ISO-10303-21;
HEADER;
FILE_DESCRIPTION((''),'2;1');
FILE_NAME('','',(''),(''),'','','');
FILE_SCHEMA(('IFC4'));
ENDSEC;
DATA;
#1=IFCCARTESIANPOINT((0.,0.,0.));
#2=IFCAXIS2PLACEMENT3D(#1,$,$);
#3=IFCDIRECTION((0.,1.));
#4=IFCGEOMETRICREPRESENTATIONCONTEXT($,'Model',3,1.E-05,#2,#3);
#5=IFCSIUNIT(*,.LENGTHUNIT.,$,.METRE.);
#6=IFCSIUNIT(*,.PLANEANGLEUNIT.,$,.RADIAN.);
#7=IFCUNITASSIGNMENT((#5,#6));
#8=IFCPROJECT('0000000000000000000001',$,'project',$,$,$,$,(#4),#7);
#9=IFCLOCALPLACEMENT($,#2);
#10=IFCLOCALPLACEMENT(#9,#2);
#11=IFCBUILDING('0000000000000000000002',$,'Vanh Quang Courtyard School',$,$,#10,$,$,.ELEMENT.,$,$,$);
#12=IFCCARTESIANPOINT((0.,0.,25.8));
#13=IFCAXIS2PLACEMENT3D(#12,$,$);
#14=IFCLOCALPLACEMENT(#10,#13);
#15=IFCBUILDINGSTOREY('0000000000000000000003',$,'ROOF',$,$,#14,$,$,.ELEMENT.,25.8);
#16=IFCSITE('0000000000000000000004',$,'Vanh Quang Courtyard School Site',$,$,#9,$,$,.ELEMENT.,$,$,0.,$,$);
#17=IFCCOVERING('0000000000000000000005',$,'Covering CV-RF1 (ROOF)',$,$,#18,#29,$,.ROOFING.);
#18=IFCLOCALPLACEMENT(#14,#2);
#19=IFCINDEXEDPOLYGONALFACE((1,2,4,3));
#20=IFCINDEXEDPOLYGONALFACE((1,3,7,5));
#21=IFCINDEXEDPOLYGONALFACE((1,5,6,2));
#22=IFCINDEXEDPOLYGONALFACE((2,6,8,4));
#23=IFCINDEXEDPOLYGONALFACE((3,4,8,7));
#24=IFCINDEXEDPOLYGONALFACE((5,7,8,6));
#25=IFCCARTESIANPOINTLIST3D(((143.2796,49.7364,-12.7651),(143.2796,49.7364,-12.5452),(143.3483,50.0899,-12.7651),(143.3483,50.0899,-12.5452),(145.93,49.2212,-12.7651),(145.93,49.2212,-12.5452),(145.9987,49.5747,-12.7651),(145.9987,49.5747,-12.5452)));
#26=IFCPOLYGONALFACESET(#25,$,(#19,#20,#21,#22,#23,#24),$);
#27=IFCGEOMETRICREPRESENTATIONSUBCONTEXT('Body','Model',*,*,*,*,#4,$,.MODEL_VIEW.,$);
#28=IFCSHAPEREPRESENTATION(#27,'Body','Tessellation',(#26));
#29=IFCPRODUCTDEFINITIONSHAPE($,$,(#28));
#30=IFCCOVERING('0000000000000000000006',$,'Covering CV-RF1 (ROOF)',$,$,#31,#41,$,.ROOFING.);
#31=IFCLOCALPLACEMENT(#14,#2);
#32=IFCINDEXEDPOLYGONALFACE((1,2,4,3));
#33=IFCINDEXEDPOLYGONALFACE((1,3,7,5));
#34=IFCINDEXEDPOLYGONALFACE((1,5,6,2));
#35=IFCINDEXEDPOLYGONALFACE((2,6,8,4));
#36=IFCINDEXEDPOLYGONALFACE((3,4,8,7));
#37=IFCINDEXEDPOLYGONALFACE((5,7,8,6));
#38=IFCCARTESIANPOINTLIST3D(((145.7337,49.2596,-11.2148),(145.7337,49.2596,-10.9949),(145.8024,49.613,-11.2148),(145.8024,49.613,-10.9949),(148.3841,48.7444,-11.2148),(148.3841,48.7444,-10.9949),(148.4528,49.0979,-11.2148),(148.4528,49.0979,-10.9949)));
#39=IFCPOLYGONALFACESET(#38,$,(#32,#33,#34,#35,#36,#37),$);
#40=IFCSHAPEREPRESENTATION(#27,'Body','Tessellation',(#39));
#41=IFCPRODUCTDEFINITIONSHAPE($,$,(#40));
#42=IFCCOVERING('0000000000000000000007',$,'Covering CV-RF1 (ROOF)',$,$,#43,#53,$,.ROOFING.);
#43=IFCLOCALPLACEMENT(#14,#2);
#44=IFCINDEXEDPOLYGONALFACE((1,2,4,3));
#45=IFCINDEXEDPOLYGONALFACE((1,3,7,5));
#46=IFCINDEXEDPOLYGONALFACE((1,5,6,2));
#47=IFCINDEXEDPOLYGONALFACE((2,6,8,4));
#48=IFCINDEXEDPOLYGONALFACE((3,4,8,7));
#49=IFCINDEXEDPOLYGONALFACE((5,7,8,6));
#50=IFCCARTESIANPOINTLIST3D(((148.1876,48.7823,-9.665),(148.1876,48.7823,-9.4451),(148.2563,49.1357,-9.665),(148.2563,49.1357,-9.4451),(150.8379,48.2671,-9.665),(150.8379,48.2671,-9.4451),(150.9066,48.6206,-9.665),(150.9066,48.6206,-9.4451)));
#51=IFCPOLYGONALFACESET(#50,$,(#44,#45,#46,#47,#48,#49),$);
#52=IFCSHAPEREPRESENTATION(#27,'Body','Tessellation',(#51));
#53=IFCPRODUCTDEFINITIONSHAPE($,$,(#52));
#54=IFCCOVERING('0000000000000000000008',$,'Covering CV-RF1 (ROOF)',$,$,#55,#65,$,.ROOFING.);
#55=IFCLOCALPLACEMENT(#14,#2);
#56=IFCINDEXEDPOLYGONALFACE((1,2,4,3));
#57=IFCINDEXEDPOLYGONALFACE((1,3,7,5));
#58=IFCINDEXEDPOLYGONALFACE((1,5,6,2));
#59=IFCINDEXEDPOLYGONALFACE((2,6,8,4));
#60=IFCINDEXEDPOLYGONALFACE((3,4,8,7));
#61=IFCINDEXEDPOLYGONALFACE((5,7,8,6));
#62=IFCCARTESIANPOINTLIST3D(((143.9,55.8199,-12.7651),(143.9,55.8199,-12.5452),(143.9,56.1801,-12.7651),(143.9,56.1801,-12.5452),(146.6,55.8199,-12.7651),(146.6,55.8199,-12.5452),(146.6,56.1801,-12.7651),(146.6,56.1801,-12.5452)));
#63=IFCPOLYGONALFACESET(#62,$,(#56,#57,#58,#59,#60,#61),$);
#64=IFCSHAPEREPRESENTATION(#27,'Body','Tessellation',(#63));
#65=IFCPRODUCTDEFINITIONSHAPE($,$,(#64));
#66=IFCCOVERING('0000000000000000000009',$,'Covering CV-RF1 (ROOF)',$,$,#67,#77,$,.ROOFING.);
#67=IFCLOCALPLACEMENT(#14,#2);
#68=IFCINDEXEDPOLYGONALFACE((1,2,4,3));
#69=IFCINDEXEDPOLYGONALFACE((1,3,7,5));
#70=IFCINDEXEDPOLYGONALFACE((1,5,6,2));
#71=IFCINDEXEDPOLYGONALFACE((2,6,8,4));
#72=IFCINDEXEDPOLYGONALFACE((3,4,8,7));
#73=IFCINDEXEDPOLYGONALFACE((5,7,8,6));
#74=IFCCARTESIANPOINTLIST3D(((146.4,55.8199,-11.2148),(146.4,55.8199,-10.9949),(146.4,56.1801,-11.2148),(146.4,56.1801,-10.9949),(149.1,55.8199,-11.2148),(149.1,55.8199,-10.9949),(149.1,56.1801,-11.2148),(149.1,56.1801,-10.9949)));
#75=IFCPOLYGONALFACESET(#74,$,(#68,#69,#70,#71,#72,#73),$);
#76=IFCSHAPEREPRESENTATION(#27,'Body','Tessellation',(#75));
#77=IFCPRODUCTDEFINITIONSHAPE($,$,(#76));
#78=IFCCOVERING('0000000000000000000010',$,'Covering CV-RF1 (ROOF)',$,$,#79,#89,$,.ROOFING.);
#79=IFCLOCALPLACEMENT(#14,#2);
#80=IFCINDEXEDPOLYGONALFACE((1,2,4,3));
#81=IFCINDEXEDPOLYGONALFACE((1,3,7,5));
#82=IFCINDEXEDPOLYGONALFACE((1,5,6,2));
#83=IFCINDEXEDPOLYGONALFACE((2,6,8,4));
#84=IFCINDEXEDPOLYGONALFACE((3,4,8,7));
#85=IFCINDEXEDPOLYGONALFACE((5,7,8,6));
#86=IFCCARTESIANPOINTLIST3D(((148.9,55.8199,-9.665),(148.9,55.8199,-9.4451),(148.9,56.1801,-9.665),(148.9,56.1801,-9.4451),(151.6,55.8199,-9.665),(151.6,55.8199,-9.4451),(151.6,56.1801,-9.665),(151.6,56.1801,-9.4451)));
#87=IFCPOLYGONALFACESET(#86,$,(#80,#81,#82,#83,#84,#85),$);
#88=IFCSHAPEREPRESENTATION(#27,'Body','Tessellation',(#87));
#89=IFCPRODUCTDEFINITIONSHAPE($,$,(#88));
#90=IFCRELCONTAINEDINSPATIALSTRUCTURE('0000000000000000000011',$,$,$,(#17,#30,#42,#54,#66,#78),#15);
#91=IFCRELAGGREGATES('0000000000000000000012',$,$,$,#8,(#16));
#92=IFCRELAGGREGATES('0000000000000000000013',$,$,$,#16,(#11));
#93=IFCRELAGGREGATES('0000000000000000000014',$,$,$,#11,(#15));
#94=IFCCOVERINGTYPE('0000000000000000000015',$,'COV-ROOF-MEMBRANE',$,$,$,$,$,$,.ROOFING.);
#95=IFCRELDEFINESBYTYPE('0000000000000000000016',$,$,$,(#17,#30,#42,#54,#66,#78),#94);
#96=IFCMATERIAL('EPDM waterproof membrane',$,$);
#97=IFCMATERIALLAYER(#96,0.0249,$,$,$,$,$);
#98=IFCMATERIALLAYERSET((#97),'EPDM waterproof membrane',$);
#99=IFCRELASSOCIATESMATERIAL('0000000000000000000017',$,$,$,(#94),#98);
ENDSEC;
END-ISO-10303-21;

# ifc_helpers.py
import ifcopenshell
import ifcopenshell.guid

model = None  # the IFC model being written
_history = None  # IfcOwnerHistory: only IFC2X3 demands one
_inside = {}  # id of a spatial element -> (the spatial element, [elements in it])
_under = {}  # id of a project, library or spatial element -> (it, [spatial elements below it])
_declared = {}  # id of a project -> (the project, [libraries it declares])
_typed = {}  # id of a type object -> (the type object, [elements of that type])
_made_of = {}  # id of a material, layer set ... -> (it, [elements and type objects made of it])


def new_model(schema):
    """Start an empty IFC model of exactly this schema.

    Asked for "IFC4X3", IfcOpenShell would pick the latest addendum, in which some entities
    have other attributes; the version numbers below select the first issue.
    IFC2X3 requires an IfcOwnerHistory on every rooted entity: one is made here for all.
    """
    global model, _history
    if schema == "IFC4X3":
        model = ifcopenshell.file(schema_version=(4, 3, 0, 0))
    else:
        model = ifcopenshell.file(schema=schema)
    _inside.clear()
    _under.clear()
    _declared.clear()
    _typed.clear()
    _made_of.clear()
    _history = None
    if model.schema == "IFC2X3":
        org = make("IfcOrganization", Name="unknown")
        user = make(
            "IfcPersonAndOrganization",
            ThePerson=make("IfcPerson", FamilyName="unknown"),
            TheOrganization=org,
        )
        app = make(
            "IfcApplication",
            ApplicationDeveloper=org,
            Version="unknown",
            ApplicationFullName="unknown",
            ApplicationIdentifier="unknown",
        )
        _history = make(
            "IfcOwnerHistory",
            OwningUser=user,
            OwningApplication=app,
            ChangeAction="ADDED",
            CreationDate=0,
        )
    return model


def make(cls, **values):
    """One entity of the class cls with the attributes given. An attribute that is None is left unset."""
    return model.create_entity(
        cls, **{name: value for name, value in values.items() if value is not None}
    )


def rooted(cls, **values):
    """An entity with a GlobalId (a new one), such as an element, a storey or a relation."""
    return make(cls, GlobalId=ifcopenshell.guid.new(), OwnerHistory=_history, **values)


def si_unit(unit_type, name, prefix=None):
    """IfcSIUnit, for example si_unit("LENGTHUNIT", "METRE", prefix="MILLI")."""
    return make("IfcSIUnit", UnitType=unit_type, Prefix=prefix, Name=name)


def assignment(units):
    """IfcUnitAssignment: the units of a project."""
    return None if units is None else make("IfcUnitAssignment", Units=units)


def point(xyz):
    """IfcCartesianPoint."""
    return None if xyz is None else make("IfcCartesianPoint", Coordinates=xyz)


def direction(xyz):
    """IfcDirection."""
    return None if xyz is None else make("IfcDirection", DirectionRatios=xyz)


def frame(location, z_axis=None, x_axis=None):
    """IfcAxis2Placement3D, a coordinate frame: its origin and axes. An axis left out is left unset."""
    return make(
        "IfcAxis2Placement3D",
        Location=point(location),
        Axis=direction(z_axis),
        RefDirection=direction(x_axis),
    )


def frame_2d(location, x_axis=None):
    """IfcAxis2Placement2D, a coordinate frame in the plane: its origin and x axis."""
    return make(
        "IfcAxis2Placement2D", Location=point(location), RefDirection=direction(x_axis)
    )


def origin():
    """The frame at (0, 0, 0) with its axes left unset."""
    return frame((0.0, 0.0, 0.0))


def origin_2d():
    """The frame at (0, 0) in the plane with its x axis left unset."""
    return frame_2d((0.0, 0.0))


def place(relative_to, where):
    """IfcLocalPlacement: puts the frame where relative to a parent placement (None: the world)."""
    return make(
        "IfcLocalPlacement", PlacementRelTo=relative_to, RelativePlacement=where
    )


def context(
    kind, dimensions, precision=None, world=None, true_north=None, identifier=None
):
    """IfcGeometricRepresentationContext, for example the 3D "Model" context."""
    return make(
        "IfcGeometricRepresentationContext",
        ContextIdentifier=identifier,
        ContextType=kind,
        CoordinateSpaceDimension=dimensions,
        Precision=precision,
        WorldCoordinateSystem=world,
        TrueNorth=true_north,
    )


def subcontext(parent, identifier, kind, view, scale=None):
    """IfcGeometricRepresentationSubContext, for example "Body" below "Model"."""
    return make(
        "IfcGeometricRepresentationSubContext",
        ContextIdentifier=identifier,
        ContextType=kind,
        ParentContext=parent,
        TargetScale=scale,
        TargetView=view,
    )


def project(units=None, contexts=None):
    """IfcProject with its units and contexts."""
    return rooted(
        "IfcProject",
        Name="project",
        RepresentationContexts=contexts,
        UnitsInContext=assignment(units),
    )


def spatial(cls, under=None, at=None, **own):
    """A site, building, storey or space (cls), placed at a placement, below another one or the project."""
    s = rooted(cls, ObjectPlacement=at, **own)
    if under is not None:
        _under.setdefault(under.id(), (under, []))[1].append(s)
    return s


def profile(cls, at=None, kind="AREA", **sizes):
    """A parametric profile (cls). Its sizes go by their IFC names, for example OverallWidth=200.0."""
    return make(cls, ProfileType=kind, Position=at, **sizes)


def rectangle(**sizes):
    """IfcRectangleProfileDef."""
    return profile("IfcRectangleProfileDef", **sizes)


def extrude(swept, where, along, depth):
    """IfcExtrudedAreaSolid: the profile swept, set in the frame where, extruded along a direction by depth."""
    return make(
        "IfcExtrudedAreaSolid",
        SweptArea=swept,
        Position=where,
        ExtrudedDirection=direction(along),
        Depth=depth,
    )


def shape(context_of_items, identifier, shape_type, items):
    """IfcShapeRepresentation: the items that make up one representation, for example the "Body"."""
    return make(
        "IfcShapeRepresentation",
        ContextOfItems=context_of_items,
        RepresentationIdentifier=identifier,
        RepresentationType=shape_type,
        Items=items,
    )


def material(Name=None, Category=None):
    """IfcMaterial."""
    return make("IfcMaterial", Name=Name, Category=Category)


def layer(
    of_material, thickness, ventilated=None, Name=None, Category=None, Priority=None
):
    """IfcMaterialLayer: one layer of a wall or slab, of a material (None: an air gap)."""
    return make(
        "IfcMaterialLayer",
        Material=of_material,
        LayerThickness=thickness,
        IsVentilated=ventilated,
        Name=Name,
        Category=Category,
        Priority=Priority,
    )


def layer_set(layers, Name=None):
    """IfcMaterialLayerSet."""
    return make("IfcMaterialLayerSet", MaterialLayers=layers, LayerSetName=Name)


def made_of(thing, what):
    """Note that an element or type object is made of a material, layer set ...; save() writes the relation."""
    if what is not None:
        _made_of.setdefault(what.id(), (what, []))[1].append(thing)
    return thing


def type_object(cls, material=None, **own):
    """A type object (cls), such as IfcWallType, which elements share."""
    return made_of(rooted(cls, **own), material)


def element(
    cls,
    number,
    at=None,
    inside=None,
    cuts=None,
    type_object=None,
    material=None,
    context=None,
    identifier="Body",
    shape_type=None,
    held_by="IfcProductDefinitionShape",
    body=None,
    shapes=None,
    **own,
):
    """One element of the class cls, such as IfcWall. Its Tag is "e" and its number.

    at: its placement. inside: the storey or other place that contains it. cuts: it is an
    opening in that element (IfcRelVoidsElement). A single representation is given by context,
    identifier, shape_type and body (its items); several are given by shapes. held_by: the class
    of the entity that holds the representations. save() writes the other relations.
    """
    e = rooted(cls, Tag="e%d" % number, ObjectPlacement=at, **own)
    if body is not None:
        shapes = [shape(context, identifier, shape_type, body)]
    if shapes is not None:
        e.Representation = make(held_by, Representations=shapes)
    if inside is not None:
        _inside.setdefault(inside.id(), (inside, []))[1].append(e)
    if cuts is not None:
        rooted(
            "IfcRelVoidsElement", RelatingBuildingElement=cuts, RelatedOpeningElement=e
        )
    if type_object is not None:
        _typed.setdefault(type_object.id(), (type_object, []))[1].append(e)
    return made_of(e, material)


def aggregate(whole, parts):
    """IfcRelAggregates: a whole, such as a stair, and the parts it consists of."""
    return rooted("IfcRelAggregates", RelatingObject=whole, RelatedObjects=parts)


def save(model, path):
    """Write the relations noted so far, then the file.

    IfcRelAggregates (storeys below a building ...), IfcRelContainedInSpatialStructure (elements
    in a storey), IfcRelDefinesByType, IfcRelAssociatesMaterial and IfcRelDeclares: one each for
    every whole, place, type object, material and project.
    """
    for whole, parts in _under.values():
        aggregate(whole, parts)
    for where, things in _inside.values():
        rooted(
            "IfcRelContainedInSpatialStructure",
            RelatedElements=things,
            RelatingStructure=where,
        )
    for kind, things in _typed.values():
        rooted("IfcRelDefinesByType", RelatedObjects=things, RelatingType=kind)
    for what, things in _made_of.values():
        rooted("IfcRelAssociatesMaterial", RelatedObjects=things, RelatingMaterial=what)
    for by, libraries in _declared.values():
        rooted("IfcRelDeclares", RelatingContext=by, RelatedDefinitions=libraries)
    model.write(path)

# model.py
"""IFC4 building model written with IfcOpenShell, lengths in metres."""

from ifc_helpers import new_model, si_unit, direction, frame, origin, origin_2d, place, context, subcontext, project, spatial, rectangle, extrude, material, layer, layer_set, type_object, element, save


model = new_model("IFC4")

# Units and contexts
model_context = context("Model", 3, precision=1e-05, world=origin(), true_north=direction((0.0, 1.0)))
body_context = subcontext(model_context, "Body", "Model", "MODEL_VIEW")
ifc_project = project(units=[si_unit("LENGTHUNIT", "METRE"), si_unit("PLANEANGLEUNIT", "RADIAN")], contexts=[model_context])

# Site, building, storey
site_placement = place(None, origin())
site = spatial("IfcSite", under=ifc_project, at=site_placement, Name="Vanh Quang Courtyard School Site", CompositionType="ELEMENT", RefElevation=0.0)
building_placement = place(site_placement, origin())
building = spatial("IfcBuilding", under=site, at=building_placement, Name="Vanh Quang Courtyard School", CompositionType="ELEMENT")
storey_placement = place(building_placement, frame((0.0, 0.0, 25.8)))
storey = spatial("IfcBuildingStorey", under=building, at=storey_placement, Name="ROOF", CompositionType="ELEMENT", Elevation=25.8)

# Coverings
ifc_material_1 = material(Name="EPDM waterproof membrane")
ifc_layer_1 = layer(ifc_material_1, 0.0249)
ifc_layer_set_1 = layer_set([ifc_layer_1], Name="EPDM waterproof membrane")
covering_type = type_object("IfcCoveringType", Name="COV-ROOF-MEMBRANE", PredefinedType="ROOFING", material=ifc_layer_set_1)
for number, where, z_axis, x_axis, name in (
    (1, (144.6392, 49.6555, -12.7651), (0.0, 0.0, 1.0), (0.981627, -0.190809, 0.0), "Covering CV-RF1 (ROOF)"),
    (2, (147.0933, 49.1787, -11.2148), (0.0, 0.0, 1.0), (0.981627, -0.190809, 0.0), "Covering CV-RF1 (ROOF)"),
    (3, (149.5471, 48.7014, -9.665), (0.0, 0.0, 1.0), (0.981627, -0.190809, 0.0), "Covering CV-RF1 (ROOF)"),
    (4, (145.25, 56.0, -12.7651), (0.0, 0.0, 1.0), (1.0, 0.0, 0.0), "Covering CV-RF1 (ROOF)"),
    (5, (147.75, 56.0, -11.2148), (0.0, 0.0, 1.0), (1.0, 0.0, 0.0), "Covering CV-RF1 (ROOF)"),
    (6, (150.25, 56.0, -9.665), (0.0, 0.0, 1.0), (1.0, 0.0, 0.0), "Covering CV-RF1 (ROOF)"),
):
    element("IfcCovering", number, at=place(storey_placement, frame(where, z_axis=z_axis, x_axis=x_axis)), inside=storey, type_object=covering_type, Name=name, PredefinedType="ROOFING", context=body_context, shape_type="SweptSolid", body=[
        extrude(rectangle(XDim=2.7, YDim=0.3601, at=origin_2d()), origin(), (0.0, 0.0, 1.0), 0.22),
    ])

save(model, "model.ifc")
